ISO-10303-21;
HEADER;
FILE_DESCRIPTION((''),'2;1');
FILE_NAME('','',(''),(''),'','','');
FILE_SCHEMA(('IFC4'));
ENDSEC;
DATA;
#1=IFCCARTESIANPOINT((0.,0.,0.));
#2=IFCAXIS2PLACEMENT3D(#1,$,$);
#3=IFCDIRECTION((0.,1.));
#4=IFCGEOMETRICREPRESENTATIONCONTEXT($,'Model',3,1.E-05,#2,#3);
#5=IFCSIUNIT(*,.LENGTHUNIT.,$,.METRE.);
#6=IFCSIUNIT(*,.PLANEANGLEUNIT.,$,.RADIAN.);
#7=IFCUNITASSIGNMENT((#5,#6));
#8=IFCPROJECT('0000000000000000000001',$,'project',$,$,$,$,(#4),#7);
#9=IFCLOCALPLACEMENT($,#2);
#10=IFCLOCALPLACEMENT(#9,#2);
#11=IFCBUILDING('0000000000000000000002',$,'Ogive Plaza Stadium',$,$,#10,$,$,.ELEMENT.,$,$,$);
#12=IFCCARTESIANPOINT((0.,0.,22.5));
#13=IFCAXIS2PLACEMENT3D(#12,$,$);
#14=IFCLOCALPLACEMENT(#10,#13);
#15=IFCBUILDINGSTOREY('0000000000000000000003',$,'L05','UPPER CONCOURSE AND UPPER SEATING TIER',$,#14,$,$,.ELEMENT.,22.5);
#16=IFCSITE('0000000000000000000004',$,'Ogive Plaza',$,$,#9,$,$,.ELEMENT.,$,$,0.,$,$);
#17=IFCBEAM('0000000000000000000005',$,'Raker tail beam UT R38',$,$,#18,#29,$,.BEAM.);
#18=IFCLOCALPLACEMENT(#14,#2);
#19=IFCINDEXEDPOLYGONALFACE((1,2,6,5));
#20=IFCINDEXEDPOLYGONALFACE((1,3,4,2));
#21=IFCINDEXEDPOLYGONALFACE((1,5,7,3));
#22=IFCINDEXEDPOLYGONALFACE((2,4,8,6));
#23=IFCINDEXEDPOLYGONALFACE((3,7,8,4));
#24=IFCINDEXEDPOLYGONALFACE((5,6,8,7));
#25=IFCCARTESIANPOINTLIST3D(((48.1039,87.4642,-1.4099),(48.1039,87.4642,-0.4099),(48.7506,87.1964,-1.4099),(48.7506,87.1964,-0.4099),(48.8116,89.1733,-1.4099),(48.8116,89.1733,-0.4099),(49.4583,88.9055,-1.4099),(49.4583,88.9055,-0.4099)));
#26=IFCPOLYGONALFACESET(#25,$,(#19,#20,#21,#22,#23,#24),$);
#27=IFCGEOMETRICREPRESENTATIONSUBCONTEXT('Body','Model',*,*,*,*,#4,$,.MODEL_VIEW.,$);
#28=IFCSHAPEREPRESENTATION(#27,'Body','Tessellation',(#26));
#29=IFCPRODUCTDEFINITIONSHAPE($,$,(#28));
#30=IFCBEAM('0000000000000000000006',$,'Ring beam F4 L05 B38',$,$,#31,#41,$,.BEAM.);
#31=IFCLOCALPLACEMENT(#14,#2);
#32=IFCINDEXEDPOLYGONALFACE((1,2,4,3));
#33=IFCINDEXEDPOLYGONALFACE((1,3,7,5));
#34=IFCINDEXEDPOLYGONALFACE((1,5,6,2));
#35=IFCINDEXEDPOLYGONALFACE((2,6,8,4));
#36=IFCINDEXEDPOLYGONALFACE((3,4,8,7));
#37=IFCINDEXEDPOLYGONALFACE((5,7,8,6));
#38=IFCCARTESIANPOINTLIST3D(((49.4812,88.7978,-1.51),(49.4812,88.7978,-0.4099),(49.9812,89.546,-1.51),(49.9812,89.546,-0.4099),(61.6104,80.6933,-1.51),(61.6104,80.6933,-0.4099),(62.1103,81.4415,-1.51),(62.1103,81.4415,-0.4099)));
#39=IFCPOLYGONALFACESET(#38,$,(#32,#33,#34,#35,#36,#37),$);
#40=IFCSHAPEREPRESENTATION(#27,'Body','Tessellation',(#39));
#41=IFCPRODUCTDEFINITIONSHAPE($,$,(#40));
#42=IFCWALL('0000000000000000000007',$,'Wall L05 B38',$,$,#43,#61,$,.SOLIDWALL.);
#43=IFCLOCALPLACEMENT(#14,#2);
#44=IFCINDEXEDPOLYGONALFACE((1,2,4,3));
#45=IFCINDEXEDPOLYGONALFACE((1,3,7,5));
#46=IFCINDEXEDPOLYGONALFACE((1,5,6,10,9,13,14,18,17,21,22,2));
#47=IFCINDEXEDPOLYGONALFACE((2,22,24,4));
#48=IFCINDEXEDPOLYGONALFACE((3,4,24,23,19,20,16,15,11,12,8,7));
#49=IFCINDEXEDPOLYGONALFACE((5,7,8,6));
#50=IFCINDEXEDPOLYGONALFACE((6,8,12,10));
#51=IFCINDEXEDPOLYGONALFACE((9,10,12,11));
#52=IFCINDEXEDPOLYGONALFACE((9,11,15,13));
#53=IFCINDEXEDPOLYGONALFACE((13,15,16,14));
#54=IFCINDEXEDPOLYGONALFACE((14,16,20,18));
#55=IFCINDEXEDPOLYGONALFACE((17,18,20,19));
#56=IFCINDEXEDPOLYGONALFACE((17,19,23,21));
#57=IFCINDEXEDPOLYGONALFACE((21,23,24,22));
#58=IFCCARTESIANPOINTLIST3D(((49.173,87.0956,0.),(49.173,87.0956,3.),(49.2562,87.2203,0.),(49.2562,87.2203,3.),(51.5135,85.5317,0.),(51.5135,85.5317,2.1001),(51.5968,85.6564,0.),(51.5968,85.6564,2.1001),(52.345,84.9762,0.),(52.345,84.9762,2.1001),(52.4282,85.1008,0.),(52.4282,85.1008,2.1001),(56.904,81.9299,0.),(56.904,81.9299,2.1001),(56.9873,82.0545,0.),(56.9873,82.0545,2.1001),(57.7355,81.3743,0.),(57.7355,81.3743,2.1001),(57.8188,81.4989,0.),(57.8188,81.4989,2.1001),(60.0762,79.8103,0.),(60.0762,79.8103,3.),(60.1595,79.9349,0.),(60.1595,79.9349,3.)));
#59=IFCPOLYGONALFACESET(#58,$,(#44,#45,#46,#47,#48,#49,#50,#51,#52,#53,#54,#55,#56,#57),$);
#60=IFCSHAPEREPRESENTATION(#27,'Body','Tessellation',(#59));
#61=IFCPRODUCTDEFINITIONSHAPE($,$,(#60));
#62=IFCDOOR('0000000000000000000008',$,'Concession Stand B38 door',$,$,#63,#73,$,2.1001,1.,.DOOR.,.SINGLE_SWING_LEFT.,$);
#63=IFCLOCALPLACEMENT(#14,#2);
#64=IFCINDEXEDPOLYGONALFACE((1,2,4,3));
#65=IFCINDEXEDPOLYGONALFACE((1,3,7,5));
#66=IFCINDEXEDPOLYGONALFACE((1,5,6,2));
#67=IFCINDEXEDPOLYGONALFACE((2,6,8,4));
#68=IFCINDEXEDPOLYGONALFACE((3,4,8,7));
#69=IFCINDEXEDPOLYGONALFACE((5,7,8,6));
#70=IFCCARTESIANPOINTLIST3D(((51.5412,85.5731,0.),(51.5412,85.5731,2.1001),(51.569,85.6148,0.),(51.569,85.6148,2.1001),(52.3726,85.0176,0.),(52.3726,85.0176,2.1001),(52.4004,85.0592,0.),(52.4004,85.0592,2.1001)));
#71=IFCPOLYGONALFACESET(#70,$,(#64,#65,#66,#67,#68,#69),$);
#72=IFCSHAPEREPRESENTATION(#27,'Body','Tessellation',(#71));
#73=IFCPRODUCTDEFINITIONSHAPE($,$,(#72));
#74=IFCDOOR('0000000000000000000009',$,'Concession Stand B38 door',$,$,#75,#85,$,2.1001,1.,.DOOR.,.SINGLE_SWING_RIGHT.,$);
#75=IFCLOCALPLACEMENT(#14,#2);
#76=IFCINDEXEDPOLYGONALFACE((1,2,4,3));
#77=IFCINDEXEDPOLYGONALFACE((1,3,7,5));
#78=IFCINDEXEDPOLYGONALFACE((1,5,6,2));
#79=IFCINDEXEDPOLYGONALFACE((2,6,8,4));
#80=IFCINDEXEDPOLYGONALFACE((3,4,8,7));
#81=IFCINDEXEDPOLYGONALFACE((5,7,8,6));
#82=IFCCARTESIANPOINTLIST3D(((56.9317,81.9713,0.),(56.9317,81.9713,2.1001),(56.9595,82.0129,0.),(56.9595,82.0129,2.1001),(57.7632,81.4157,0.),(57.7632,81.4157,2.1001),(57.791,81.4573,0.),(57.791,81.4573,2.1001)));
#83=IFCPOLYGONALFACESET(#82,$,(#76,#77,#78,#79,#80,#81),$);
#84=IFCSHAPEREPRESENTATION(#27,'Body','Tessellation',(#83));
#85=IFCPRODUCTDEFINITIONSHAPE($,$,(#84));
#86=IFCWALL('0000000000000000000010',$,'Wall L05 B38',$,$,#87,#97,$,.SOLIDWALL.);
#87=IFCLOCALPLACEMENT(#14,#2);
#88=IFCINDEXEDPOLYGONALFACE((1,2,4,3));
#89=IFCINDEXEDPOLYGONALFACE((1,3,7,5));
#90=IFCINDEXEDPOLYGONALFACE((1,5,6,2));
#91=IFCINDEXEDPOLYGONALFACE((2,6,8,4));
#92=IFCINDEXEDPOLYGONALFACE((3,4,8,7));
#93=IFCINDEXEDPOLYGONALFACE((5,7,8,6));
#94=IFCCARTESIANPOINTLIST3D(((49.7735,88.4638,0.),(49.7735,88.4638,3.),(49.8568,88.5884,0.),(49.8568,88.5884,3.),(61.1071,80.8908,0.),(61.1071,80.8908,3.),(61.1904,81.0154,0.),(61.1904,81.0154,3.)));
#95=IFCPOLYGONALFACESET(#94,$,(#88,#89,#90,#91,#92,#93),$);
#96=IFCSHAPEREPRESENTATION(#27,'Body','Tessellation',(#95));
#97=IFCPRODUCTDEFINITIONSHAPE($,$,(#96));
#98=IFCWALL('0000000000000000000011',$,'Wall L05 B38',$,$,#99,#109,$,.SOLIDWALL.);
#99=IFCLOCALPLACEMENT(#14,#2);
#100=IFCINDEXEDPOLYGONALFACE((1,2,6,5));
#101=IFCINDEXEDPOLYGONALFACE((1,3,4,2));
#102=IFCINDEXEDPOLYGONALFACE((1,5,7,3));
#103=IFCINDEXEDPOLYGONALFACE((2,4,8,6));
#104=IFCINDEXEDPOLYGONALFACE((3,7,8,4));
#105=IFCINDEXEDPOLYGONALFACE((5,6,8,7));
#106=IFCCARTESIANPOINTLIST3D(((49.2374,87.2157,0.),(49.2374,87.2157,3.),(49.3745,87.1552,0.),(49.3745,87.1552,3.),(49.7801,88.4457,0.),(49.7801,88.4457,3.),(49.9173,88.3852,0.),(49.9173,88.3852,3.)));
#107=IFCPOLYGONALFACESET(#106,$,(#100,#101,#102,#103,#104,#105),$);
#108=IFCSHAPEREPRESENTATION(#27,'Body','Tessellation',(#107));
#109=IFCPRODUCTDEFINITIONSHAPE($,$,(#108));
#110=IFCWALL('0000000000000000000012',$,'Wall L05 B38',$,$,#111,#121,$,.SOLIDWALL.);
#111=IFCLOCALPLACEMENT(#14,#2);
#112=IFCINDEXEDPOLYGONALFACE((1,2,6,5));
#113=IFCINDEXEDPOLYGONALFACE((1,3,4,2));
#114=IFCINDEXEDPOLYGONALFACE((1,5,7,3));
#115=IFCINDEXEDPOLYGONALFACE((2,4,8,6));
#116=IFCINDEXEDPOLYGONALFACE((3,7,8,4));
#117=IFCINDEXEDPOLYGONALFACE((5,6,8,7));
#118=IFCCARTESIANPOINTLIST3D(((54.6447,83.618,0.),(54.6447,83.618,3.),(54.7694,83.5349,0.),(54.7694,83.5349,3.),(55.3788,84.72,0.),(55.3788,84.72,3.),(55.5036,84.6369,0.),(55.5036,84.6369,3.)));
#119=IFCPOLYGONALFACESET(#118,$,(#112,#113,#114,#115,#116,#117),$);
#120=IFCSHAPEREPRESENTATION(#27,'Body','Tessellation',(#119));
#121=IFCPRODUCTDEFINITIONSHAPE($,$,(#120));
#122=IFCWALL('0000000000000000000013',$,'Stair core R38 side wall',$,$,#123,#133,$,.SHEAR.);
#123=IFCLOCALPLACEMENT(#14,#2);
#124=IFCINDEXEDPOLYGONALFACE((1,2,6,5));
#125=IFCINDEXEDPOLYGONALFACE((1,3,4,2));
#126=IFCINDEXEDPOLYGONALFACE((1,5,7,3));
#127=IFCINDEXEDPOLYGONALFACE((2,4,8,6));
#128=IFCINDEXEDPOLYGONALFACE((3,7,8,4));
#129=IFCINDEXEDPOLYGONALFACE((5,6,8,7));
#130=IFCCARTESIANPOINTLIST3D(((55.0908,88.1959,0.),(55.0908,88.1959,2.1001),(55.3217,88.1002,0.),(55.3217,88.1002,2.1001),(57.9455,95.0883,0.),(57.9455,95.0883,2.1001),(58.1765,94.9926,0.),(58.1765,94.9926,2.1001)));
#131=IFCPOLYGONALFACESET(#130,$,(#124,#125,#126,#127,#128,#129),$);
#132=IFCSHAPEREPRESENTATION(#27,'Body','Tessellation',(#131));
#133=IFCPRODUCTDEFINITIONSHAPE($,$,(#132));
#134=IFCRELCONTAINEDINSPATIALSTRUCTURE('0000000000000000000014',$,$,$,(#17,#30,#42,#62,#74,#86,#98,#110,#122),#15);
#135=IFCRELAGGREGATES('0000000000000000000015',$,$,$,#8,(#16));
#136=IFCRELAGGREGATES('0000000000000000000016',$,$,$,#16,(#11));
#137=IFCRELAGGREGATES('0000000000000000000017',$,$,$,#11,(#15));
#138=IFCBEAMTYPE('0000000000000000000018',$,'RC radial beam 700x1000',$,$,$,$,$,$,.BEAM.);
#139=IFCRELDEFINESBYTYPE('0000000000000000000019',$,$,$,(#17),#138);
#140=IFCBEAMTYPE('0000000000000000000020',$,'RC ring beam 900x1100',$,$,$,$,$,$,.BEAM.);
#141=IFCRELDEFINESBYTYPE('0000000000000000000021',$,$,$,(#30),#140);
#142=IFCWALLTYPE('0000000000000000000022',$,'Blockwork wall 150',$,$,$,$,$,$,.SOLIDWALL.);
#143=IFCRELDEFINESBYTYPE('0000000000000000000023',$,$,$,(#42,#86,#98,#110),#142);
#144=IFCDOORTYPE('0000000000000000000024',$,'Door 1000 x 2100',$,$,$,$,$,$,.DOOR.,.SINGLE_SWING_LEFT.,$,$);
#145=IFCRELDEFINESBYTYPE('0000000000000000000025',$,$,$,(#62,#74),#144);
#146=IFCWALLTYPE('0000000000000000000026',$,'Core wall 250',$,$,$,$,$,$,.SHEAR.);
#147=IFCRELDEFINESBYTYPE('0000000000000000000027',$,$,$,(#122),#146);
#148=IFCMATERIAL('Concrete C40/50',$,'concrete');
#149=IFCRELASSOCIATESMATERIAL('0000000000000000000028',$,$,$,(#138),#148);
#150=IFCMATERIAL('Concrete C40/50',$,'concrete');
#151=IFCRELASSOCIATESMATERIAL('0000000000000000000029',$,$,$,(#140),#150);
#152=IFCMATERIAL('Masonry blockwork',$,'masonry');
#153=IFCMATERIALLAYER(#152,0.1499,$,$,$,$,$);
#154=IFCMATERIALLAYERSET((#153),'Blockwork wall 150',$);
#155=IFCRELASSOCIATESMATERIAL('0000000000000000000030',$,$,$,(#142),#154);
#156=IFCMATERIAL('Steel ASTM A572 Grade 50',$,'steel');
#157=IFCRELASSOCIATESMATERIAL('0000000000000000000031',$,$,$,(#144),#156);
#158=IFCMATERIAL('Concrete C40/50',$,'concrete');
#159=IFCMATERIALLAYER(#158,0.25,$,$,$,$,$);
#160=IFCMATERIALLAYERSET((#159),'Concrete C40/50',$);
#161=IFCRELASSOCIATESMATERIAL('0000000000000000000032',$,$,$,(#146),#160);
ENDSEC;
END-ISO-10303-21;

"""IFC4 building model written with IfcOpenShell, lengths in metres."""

from ifc_helpers import new_model, si_unit, direction, frame, frame_2d, origin, origin_2d, place, context, subcontext, project, spatial, rectangle, extrude, material, layer, layer_set, material_profile, profile_set, type_object, element, fill, save


model = new_model("IFC4")

# Units and contexts
model_context = context("Model", 3, precision=1e-05, world=origin(), true_north=direction((0.0, 1.0)))
body_context = subcontext(model_context, "Body", "Model", "MODEL_VIEW")
ifc_project = project(units=[si_unit("LENGTHUNIT", "METRE"), si_unit("PLANEANGLEUNIT", "RADIAN")], contexts=[model_context])

# Site, building, storey
site_placement = place(None, origin())
site = spatial("IfcSite", under=ifc_project, at=site_placement, Name="Ogive Plaza", CompositionType="ELEMENT", RefElevation=0.0)
building_placement = place(site_placement, origin())
building = spatial("IfcBuilding", under=site, at=building_placement, Name="Ogive Plaza Stadium", CompositionType="ELEMENT")
storey_placement = place(building_placement, frame((0.0, 0.0, 22.5)))
storey = spatial("IfcBuildingStorey", under=building, at=storey_placement, Name="L05", Description="UPPER CONCOURSE AND UPPER SEATING TIER", CompositionType="ELEMENT", Elevation=22.5)

# Beams
ifc_material_1 = material(Name="Concrete C40/50", Category="concrete")
ifc_material_profile_1 = material_profile(ifc_material_1, rectangle(XDim=0.7, YDim=1.0, at=origin_2d()), Name="RC 700x1000")
ifc_profile_set_1 = profile_set([ifc_material_profile_1], Name="Concrete C40/50")
beam_type_1 = type_object("IfcBeamType", Name="RC radial beam 700x1000", PredefinedType="BEAM", material=ifc_profile_set_1)
beam_1_placement = place(storey_placement, frame((48.4272, 87.3303, -0.9099), z_axis=(0.382581, 0.923922, 0.0), x_axis=(-0.923922, 0.382581, 0.0)))
element("IfcBeam", 1, at=beam_1_placement, inside=storey, type_object=beam_type_1, Name="Raker tail beam UT R38", PredefinedType="BEAM", context=body_context, shape_type="SweptSolid", body=[
    extrude(rectangle(XDim=0.7, YDim=1.0, at=origin_2d()), origin(), (0.0, 0.0, 1.0), 1.8499),
])
ifc_material_2 = material(Name="Concrete C40/50", Category="concrete")
ifc_material_profile_2 = material_profile(ifc_material_2, rectangle(XDim=0.8999, YDim=1.1001, at=origin_2d()), Name="RC 900x1100")
ifc_profile_set_2 = profile_set([ifc_material_profile_2], Name="Concrete C40/50")
beam_type_2 = type_object("IfcBeamType", Name="RC ring beam 900x1100", PredefinedType="BEAM", material=ifc_profile_set_2)
beam_2_placement = place(storey_placement, frame((49.7312, 89.1719, -0.96), z_axis=(0.831468, -0.555573, 0.0), x_axis=(0.555573, 0.831468, 0.0)))
element("IfcBeam", 2, at=beam_2_placement, inside=storey, type_object=beam_type_2, Name="Ring beam F4 L05 B38", PredefinedType="BEAM", context=body_context, shape_type="SweptSolid", body=[
    extrude(rectangle(XDim=0.8999, YDim=1.1001, at=origin_2d()), origin(), (0.0, 0.0, 1.0), 14.5876),
])

# Wall, openings, doors
ifc_material_3 = material(Name="Masonry blockwork", Category="masonry")
ifc_layer_1 = layer(ifc_material_3, 0.1499)
ifc_layer_set_1 = layer_set([ifc_layer_1], Name="Blockwork wall 150")
wall_type_1 = type_object("IfcWallType", Name="Blockwork wall 150", PredefinedType="SOLIDWALL", material=ifc_layer_set_1)
wall_1_placement = place(storey_placement, frame((49.2146, 87.158, 0.0), z_axis=(0.0, 0.0, 1.0), x_axis=(0.831468, -0.555572, 0.0)))
wall_1 = element("IfcWall", 3, at=wall_1_placement, inside=storey, type_object=wall_type_1, Name="Wall L05 B38", PredefinedType="SOLIDWALL", context=body_context, shape_type="SweptSolid", body=[
    extrude(rectangle(XDim=13.1133, YDim=0.1499, at=frame_2d((6.5566, 0.0))), origin(), (0.0, 0.0, 1.0), 3.0),
])
opening_1_placement = place(wall_1_placement, frame((2.8149, 0.0, 0.0)))
opening_1 = element("IfcOpeningElement", 4, at=opening_1_placement, cuts=wall_1, PredefinedType="OPENING", context=body_context, shape_type="SweptSolid", body=[
    extrude(rectangle(XDim=1.0, YDim=2.1001, at=frame_2d((0.5, 1.05))), frame((0.0, 0.075, 0.0), z_axis=(0.0, -1.0, 0.0), x_axis=(1.0, 0.0, 0.0)), (0.0, 0.0, 1.0), 0.1499),
])
opening_2_placement = place(wall_1_placement, frame((9.2981, 0.0, 0.0)))
opening_2 = element("IfcOpeningElement", 5, at=opening_2_placement, cuts=wall_1, PredefinedType="OPENING", context=body_context, shape_type="SweptSolid", body=[
    extrude(rectangle(XDim=1.0, YDim=2.1001, at=frame_2d((0.5, 1.05))), frame((0.0, 0.075, 0.0), z_axis=(0.0, -1.0, 0.0), x_axis=(1.0, 0.0, 0.0)), (0.0, 0.0, 1.0), 0.1499),
])
ifc_material_4 = material(Name="Steel ASTM A572 Grade 50", Category="steel")
door_type_1 = type_object("IfcDoorType", Name="Door 1000 x 2100", OperationType="SINGLE_SWING_LEFT", PredefinedType="DOOR", material=ifc_material_4)
door_1_placement = place(opening_1_placement, origin())
door_1 = element("IfcDoor", 6, at=door_1_placement, inside=storey, type_object=door_type_1, Name="Concession Stand B38 door", OperationType="SINGLE_SWING_LEFT", OverallHeight=2.1001, OverallWidth=1.0, PredefinedType="DOOR", context=body_context, shape_type="SweptSolid", body=[
    extrude(rectangle(XDim=1.0, YDim=2.1001, at=frame_2d((0.5, 1.05))), frame((0.0, 0.0249, 0.0), z_axis=(0.0, -1.0, 0.0), x_axis=(1.0, 0.0, 0.0)), (0.0, 0.0, 1.0), 0.05),
])
fill(opening_1, door_1)
door_2_placement = place(opening_2_placement, origin())
door_2 = element("IfcDoor", 7, at=door_2_placement, inside=storey, type_object=door_type_1, Name="Concession Stand B38 door", OperationType="SINGLE_SWING_RIGHT", OverallHeight=2.1001, OverallWidth=1.0, PredefinedType="DOOR", context=body_context, shape_type="SweptSolid", body=[
    extrude(rectangle(XDim=1.0, YDim=2.1001, at=frame_2d((0.5, 1.05))), frame((0.0, 0.0249, 0.0), z_axis=(0.0, -1.0, 0.0), x_axis=(1.0, 0.0, 0.0)), (0.0, 0.0, 1.0), 0.05),
])
fill(opening_2, door_2)

# Walls
wall_2_placement = place(storey_placement, frame((49.8152, 88.5261, 0.0), z_axis=(0.0, 0.0, 1.0), x_axis=(0.831463, -0.55558, 0.0)))
element("IfcWall", 8, at=wall_2_placement, inside=storey, type_object=wall_type_1, Name="Wall L05 B38", PredefinedType="SOLIDWALL", context=body_context, shape_type="SweptSolid", body=[
    extrude(rectangle(XDim=13.6309, YDim=0.1499, at=frame_2d((6.8154, 0.0))), origin(), (0.0, 0.0, 1.0), 3.0),
])
wall_3_placement = place(storey_placement, frame((49.3059, 87.1853, 0.0), z_axis=(0.0, 0.0, 1.0), x_axis=(0.403694, 0.914894, 0.0)))
element("IfcWall", 9, at=wall_3_placement, inside=storey, type_object=wall_type_1, Name="Wall L05 B38", PredefinedType="SOLIDWALL", context=body_context, shape_type="SweptSolid", body=[
    extrude(rectangle(XDim=1.3445, YDim=0.1499, at=frame_2d((0.6724, 0.0))), origin(), (0.0, 0.0, 1.0), 3.0),
])
wall_4_placement = place(storey_placement, frame((54.707, 83.5764, 0.0), z_axis=(0.0, 0.0, 1.0), x_axis=(0.554402, 0.832249, 0.0)))
element("IfcWall", 10, at=wall_4_placement, inside=storey, type_object=wall_type_1, Name="Wall L05 B38", PredefinedType="SOLIDWALL", context=body_context, shape_type="SweptSolid", body=[
    extrude(rectangle(XDim=1.3242, YDim=0.1499, at=frame_2d((0.6621, 0.0))), origin(), (0.0, 0.0, 1.0), 3.0),
])

# Shared definitions
ifc_material_5 = material(Name="Concrete C40/50", Category="concrete")
ifc_layer_2 = layer(ifc_material_5, 0.25)
ifc_layer_set_2 = layer_set([ifc_layer_2], Name="Concrete C40/50")
wall_type_2 = type_object("IfcWallType", Name="Core wall 250", PredefinedType="SHEAR", material=ifc_layer_set_2)

# Wall
wall_5_placement = place(storey_placement, frame((55.2063, 88.1482, 0.0), z_axis=(0.0, 0.0, 1.0), x_axis=(0.382665, 0.923887, 0.0)))
element("IfcWall", 11, at=wall_5_placement, inside=storey, type_object=wall_type_2, Name="Stair core R38 side wall", PredefinedType="SHEAR", context=body_context, shape_type="SweptSolid", body=[
    extrude(rectangle(XDim=7.4602, YDim=0.25, at=frame_2d((3.73, 0.0))), origin(), (0.0, 0.0, 1.0), 2.1001),
])

save(model, "model.ifc")
